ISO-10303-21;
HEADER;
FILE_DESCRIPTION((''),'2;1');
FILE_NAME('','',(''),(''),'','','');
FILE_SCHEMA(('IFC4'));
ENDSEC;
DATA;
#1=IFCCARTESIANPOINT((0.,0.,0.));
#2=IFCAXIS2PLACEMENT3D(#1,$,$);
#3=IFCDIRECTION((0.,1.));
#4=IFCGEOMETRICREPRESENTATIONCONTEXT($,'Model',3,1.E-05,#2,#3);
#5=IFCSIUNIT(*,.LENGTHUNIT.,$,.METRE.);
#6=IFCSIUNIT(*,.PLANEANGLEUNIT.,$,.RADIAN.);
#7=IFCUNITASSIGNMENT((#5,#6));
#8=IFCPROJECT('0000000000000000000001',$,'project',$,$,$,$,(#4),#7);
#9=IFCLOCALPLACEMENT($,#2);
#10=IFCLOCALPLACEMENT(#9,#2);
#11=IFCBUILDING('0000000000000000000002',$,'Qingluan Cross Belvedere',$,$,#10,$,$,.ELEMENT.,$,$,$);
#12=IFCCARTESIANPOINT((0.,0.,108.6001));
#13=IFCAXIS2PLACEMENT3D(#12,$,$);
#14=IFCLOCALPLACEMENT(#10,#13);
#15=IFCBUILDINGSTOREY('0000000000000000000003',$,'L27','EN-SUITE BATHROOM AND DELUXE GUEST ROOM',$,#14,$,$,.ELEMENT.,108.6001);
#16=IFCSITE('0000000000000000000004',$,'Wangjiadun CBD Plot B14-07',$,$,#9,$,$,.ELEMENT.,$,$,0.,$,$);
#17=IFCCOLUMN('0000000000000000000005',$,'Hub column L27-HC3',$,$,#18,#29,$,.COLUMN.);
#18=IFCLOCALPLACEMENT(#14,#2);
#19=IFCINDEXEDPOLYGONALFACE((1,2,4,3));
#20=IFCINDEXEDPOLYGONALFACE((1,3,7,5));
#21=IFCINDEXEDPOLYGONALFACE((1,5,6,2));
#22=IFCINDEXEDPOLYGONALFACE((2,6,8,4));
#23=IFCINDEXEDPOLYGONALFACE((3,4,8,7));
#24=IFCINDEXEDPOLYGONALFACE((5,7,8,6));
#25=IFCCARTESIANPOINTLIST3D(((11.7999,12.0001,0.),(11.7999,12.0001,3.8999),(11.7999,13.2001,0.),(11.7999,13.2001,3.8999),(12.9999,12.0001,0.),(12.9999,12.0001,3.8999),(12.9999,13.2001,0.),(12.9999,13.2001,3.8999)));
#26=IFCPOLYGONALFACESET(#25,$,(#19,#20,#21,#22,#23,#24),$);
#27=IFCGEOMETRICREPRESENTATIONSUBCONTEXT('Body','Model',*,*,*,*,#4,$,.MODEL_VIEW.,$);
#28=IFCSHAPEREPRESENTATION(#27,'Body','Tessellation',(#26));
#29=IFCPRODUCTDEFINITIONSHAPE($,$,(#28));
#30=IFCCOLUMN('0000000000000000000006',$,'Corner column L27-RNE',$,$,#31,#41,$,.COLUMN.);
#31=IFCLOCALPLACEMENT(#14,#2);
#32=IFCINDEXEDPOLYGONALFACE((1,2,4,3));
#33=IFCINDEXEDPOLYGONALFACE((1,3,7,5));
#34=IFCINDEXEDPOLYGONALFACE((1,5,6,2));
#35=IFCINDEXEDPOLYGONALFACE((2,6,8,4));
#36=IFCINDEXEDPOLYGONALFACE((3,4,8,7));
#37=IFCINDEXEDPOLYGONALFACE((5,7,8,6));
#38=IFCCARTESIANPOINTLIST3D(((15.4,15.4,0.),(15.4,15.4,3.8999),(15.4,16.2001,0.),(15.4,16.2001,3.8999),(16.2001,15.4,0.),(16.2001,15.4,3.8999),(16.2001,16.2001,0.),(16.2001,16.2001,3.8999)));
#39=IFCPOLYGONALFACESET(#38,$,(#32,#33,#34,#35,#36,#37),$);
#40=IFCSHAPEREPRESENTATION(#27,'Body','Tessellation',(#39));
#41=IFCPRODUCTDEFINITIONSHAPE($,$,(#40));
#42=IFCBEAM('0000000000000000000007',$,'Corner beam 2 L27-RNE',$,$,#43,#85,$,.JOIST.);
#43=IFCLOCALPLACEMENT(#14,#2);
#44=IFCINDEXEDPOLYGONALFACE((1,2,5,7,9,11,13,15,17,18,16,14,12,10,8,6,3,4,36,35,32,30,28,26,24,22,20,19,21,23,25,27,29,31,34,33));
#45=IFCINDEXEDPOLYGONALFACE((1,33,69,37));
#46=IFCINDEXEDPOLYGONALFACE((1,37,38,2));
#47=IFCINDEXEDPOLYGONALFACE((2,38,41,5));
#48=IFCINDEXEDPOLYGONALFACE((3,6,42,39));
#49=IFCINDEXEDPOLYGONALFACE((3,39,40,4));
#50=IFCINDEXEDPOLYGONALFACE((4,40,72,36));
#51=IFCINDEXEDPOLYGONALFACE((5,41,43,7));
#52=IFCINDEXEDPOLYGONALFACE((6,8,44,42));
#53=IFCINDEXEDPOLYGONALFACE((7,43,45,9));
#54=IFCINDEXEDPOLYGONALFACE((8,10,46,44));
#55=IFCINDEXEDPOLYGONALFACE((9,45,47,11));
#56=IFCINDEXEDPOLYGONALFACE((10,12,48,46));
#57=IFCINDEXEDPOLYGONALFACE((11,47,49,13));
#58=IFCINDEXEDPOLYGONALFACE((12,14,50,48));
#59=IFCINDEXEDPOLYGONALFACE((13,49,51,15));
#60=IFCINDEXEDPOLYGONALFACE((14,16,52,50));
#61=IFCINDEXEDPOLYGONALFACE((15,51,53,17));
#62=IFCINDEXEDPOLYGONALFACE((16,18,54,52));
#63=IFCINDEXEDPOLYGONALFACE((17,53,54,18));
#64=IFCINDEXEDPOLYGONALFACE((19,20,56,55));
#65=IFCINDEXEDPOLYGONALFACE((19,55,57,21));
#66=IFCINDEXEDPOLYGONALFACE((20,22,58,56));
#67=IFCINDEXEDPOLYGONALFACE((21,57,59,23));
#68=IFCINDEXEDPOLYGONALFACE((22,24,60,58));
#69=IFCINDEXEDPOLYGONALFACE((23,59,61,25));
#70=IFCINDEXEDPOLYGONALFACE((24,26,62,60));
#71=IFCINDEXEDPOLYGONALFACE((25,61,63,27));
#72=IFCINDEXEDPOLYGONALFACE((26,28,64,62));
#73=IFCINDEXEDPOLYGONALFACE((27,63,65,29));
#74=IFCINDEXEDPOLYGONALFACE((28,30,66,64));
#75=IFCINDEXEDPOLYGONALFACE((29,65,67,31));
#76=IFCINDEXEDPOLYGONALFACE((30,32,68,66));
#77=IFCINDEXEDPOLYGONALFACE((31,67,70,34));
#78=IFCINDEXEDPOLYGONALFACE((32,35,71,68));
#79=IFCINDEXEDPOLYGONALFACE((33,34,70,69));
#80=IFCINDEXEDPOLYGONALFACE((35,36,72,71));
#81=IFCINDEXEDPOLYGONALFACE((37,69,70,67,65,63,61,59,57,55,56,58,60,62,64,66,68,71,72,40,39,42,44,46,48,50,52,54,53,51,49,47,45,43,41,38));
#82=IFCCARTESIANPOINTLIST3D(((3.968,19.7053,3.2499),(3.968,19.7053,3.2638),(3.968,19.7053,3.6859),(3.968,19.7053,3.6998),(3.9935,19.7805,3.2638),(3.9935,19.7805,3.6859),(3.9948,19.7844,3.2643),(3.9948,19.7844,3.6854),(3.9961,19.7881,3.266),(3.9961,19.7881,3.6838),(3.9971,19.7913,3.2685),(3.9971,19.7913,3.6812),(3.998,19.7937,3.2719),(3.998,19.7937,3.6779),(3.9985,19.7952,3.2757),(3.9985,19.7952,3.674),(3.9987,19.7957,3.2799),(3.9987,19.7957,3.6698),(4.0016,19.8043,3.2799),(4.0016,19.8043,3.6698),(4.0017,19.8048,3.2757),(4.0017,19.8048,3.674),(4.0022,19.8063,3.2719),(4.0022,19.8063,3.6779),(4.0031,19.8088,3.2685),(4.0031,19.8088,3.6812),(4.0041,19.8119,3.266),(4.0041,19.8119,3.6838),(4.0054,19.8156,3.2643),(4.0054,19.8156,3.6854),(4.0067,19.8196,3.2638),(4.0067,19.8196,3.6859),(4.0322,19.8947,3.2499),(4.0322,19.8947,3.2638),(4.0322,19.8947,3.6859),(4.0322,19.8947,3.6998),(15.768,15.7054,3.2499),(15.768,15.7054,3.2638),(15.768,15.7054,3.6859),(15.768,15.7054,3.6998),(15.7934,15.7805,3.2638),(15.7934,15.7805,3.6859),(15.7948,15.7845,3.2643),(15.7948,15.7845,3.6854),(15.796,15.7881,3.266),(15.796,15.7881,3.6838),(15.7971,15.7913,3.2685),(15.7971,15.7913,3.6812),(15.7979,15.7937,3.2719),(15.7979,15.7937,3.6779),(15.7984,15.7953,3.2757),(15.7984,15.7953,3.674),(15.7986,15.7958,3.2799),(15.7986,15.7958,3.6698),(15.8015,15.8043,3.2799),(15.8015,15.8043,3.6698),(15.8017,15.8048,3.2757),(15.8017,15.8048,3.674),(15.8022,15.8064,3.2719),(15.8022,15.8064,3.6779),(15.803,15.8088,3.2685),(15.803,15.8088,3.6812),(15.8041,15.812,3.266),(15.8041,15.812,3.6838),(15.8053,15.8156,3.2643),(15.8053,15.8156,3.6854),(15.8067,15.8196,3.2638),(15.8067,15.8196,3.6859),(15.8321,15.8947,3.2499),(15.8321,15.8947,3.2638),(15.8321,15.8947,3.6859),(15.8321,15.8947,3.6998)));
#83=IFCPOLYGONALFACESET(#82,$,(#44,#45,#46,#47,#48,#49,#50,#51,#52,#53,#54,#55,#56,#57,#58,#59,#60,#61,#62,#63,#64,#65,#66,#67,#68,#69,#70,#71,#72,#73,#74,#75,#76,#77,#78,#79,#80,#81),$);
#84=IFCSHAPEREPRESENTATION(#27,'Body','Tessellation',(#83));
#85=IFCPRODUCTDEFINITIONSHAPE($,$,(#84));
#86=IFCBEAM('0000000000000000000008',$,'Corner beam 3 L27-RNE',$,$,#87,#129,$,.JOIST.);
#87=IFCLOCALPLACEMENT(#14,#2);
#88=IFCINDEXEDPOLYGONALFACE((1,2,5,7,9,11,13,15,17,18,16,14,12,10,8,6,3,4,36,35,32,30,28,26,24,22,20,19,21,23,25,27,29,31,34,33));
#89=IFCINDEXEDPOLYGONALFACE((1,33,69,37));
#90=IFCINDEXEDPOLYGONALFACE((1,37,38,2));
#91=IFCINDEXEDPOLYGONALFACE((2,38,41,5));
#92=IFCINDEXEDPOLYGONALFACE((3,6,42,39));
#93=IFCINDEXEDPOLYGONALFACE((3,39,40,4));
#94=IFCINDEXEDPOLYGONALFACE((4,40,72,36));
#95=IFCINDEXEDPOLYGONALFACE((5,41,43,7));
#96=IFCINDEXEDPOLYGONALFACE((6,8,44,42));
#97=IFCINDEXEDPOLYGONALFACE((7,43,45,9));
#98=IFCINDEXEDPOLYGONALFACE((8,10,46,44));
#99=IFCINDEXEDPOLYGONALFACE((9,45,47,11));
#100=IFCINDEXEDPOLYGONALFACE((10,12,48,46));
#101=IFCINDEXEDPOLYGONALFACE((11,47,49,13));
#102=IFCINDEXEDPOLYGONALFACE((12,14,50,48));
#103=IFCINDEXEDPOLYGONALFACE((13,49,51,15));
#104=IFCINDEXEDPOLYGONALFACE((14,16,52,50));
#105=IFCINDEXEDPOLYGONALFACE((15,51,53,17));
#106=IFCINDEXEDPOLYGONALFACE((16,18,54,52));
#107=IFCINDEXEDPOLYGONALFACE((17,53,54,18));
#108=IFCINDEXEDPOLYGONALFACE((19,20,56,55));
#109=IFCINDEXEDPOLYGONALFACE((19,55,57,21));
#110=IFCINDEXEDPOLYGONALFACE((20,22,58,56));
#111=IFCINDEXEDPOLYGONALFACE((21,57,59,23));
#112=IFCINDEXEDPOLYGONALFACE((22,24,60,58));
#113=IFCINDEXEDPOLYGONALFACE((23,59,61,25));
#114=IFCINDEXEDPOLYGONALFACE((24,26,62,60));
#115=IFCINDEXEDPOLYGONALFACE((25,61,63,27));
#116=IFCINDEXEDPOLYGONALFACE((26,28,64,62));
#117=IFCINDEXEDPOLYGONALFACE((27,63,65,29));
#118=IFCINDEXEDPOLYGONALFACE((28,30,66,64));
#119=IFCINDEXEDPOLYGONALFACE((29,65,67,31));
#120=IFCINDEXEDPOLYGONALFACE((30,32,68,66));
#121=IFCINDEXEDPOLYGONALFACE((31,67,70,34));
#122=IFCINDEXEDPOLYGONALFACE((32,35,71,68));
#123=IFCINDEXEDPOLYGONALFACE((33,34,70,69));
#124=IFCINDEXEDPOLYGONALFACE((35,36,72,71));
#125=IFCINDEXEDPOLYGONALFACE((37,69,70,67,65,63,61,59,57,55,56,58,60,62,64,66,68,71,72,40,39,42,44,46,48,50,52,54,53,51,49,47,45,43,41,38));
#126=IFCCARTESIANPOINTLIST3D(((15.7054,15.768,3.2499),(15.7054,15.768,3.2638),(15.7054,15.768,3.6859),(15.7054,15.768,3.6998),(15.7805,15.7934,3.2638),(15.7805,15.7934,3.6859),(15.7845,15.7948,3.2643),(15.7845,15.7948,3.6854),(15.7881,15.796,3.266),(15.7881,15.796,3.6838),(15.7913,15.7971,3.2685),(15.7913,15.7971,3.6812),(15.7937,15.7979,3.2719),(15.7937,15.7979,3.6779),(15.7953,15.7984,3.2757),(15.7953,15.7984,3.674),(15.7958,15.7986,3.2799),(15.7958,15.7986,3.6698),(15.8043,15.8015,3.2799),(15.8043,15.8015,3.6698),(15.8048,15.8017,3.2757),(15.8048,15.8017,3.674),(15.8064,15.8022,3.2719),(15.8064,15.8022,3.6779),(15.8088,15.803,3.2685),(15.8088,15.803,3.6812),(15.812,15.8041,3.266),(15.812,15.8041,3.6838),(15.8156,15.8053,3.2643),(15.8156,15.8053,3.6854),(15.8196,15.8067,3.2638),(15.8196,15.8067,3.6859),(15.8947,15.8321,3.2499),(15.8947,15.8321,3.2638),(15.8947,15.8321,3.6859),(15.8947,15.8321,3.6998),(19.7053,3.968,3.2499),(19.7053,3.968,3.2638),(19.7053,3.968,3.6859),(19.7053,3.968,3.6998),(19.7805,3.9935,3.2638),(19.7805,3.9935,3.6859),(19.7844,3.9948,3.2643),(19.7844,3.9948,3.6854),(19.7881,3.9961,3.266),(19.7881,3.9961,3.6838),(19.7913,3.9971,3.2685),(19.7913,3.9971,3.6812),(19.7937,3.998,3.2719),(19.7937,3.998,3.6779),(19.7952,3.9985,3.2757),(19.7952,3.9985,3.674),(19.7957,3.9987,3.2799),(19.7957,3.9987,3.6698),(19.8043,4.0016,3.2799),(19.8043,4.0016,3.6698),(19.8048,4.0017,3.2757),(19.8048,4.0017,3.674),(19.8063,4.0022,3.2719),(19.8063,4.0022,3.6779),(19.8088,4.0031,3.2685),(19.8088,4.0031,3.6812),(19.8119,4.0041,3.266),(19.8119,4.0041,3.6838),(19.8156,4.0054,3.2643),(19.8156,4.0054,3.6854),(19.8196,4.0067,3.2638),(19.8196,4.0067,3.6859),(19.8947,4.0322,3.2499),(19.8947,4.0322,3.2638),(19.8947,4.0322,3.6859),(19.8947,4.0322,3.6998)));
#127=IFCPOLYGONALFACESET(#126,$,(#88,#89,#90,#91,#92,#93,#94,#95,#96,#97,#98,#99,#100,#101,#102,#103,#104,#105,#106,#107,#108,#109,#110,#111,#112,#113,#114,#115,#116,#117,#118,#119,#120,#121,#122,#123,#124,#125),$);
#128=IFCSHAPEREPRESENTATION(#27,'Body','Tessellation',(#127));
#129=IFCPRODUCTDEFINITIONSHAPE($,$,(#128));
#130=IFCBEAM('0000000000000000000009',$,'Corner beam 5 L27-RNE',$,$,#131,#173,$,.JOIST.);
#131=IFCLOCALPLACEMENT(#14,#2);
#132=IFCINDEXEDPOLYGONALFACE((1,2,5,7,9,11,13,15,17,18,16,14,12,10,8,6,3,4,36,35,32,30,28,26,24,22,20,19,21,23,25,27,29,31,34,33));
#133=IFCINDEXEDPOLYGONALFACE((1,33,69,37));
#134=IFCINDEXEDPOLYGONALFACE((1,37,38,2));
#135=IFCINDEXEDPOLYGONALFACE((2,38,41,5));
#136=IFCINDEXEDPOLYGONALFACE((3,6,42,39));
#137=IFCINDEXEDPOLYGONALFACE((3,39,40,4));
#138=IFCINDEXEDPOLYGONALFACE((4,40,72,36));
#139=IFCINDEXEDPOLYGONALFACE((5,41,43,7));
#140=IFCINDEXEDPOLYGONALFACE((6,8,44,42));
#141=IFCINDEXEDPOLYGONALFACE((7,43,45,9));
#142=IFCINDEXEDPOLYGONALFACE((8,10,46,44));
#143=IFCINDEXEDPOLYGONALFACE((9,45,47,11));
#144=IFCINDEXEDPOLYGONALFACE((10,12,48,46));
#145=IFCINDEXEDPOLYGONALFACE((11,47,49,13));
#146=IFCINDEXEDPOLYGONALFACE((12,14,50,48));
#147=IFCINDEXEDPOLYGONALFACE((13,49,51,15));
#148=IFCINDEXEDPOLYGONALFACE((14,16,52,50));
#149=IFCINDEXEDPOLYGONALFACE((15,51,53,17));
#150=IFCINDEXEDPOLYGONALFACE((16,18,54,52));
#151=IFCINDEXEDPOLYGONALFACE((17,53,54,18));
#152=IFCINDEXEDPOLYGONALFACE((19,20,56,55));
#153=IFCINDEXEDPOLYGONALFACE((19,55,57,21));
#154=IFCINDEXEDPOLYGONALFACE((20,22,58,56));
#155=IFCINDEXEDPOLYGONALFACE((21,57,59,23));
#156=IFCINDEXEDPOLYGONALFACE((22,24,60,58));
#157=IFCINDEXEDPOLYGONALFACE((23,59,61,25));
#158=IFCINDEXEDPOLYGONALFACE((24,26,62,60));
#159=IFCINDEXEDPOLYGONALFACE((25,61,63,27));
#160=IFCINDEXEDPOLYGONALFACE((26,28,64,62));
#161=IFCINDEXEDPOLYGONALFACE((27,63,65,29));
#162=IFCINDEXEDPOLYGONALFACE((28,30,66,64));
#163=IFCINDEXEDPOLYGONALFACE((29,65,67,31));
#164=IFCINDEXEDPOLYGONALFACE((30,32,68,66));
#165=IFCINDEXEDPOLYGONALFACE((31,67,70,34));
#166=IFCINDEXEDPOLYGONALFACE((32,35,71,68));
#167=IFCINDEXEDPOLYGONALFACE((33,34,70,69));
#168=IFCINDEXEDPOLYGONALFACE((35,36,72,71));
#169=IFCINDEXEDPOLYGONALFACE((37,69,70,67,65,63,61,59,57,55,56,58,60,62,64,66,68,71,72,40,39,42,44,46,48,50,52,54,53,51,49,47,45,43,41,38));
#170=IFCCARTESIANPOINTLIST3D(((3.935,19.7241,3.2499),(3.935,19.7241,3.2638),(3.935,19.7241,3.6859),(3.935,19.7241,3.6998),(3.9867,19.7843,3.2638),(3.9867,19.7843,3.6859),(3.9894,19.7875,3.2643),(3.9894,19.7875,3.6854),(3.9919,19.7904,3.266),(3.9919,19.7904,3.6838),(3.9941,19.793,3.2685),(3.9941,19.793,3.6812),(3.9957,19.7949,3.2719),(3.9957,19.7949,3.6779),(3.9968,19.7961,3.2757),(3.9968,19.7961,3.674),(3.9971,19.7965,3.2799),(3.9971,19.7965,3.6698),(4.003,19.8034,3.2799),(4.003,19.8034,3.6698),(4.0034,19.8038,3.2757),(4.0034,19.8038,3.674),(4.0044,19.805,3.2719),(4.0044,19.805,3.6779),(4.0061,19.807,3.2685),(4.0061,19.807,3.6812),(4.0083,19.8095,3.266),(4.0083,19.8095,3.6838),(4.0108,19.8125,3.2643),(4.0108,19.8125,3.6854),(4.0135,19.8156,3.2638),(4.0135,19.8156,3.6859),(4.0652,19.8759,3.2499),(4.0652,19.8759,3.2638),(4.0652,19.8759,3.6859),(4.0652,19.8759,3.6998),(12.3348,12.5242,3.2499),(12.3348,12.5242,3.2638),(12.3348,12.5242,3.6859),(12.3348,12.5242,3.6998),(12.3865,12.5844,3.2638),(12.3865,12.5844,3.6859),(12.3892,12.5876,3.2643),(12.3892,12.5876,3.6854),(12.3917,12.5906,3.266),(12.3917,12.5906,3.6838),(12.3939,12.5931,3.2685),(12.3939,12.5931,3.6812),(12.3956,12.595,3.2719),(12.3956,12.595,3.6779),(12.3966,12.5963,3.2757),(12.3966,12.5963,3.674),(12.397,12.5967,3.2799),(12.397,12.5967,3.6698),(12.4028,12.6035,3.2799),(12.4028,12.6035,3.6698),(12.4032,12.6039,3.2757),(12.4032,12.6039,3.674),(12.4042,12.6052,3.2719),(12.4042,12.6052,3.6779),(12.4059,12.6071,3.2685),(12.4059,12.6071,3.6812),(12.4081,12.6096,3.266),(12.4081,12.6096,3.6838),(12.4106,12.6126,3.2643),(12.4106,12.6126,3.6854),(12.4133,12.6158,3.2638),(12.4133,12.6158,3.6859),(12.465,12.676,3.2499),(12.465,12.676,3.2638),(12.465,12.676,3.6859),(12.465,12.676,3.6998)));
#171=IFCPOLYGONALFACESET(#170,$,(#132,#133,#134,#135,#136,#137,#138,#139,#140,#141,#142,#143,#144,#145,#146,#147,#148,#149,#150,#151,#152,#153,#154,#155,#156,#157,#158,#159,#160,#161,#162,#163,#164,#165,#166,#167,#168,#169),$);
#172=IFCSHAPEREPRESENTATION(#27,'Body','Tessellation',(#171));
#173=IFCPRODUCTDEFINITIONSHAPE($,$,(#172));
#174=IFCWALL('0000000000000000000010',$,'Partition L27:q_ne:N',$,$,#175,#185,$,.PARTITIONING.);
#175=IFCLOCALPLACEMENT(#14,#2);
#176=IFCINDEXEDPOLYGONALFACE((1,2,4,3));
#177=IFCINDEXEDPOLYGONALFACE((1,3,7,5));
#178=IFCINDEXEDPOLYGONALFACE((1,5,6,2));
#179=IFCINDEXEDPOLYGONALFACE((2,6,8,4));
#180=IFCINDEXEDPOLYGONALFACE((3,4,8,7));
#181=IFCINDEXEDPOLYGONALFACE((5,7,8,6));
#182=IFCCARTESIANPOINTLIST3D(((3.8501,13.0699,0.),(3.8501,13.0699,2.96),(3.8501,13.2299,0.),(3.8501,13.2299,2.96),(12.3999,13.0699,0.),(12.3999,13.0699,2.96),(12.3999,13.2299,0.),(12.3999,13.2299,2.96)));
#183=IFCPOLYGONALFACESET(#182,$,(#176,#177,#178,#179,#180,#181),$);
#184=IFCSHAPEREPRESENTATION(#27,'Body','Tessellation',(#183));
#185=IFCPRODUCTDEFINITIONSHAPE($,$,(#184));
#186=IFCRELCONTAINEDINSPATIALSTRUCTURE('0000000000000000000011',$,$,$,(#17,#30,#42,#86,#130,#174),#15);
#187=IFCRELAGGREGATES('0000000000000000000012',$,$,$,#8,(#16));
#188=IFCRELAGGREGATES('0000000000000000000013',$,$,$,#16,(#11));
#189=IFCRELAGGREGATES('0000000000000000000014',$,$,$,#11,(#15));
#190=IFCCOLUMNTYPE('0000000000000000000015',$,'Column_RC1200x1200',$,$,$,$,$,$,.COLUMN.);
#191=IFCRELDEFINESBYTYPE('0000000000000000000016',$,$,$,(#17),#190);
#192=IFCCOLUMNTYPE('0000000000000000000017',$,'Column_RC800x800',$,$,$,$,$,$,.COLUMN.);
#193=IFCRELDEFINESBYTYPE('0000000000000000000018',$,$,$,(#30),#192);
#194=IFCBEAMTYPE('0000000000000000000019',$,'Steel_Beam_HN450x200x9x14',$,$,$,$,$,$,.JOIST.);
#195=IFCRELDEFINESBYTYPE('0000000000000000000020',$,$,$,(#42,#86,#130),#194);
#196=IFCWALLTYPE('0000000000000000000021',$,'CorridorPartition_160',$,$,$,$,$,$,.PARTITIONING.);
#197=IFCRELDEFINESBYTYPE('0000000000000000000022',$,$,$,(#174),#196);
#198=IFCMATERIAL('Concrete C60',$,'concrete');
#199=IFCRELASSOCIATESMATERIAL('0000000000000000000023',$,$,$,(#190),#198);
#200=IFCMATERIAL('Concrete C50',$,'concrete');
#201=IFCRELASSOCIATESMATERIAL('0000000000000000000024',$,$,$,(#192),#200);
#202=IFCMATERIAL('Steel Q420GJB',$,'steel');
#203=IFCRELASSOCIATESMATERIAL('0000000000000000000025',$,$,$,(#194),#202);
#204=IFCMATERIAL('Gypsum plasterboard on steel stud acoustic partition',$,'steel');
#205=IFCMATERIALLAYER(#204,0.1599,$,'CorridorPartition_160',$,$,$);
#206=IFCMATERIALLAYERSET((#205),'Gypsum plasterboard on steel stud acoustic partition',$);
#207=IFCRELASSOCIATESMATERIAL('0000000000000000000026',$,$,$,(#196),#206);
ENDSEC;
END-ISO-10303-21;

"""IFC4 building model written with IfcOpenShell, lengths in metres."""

from ifc_helpers import new_model, si_unit, direction, frame, frame_2d, origin, origin_2d, place, context, subcontext, project, spatial, rectangle, i_section, extrude, material, layer, layer_set, material_profile, profile_set, type_object, element, save


model = new_model("IFC4")

# Units and contexts
model_context = context("Model", 3, precision=1e-05, world=origin(), true_north=direction((0.0, 1.0)))
body_context = subcontext(model_context, "Body", "Model", "MODEL_VIEW")
ifc_project = project(units=[si_unit("LENGTHUNIT", "METRE"), si_unit("PLANEANGLEUNIT", "RADIAN")], contexts=[model_context])

# Site, building, storey
site_placement = place(None, origin())
site = spatial("IfcSite", under=ifc_project, at=site_placement, Name="Wangjiadun CBD Plot B14-07", CompositionType="ELEMENT", RefElevation=0.0)
building_placement = place(site_placement, origin())
building = spatial("IfcBuilding", under=site, at=building_placement, Name="Qingluan Cross Belvedere", CompositionType="ELEMENT")
storey_placement = place(building_placement, frame((0.0, 0.0, 108.6001)))
storey = spatial("IfcBuildingStorey", under=building, at=storey_placement, Name="L27", Description="EN-SUITE BATHROOM AND DELUXE GUEST ROOM", CompositionType="ELEMENT", Elevation=108.6001)

# Columns
ifc_material_1 = material(Name="Concrete C60", Category="concrete")
ifc_material_profile_1 = material_profile(ifc_material_1, rectangle(XDim=1.2, YDim=1.2, at=origin_2d()), Name="RC1200x1200")
ifc_profile_set_1 = profile_set([ifc_material_profile_1], Name="Concrete C60")
column_type_1 = type_object("IfcColumnType", Name="Column_RC1200x1200", PredefinedType="COLUMN", material=ifc_profile_set_1)
column_1_placement = place(storey_placement, frame((12.3999, 12.6001, 0.0), z_axis=(0.0, 0.0, 1.0), x_axis=(1.0, 0.0, 0.0)))
element("IfcColumn", 1, at=column_1_placement, inside=storey, type_object=column_type_1, Name="Hub column L27-HC3", PredefinedType="COLUMN", context=body_context, shape_type="SweptSolid", body=[
    extrude(rectangle(XDim=1.2, YDim=1.2, at=origin_2d()), origin(), (0.0, 0.0, 1.0), 3.8999),
])
ifc_material_2 = material(Name="Concrete C50", Category="concrete")
ifc_material_profile_2 = material_profile(ifc_material_2, rectangle(XDim=0.8, YDim=0.8, at=origin_2d()), Name="RC800x800")
ifc_profile_set_2 = profile_set([ifc_material_profile_2], Name="Concrete C50")
column_type_2 = type_object("IfcColumnType", Name="Column_RC800x800", PredefinedType="COLUMN", material=ifc_profile_set_2)
column_2_placement = place(storey_placement, frame((15.8, 15.8, 0.0), z_axis=(0.0, 0.0, 1.0), x_axis=(1.0, 0.0, 0.0)))
element("IfcColumn", 2, at=column_2_placement, inside=storey, type_object=column_type_2, Name="Corner column L27-RNE", PredefinedType="COLUMN", context=body_context, shape_type="SweptSolid", body=[
    extrude(rectangle(XDim=0.8, YDim=0.8, at=origin_2d()), origin(), (0.0, 0.0, 1.0), 3.8999),
])

# Beams
ifc_material_3 = material(Name="Steel Q420GJB", Category="steel")
ifc_material_profile_3 = material_profile(ifc_material_3, i_section(OverallWidth=0.2, OverallDepth=0.45, WebThickness=0.009, FlangeThickness=0.0139, FilletRadius=0.0161, at=origin_2d()), Name="HN450x200x9x14")
ifc_profile_set_3 = profile_set([ifc_material_profile_3], Name="Steel Q420GJB")
beam_type = type_object("IfcBeamType", Name="Steel_Beam_HN450x200x9x14", PredefinedType="JOIST", material=ifc_profile_set_3)
for number, where, z_axis, x_axis, name in (
    (3, (15.8, 15.8, 3.4749), (-0.947066, 0.321038, 0.0), (-0.321038, -0.947066, 0.0), "Corner beam 2 L27-RNE"),
    (4, (15.8, 15.8, 3.4749), (0.321038, -0.947066, 0.0), (0.947066, 0.321038, 0.0), "Corner beam 3 L27-RNE"),
):
    element("IfcBeam", number, at=place(storey_placement, frame(where, z_axis=z_axis, x_axis=x_axis)), inside=storey, type_object=beam_type, Name=name, PredefinedType="JOIST", context=body_context, shape_type="SweptSolid", body=[
        extrude(i_section(OverallWidth=0.2, OverallDepth=0.45, WebThickness=0.009, FlangeThickness=0.0139, FilletRadius=0.0161, at=origin_2d()), origin(), (0.0, 0.0, 1.0), 12.4595),
    ])
beam_placement = place(storey_placement, frame((12.3999, 12.6001, 3.4749), z_axis=(-0.759255, 0.650793, 0.0), x_axis=(-0.650793, -0.759255, 0.0)))
element("IfcBeam", 5, at=beam_placement, inside=storey, type_object=beam_type, Name="Corner beam 5 L27-RNE", PredefinedType="JOIST", context=body_context, shape_type="SweptSolid", body=[
    extrude(i_section(OverallWidth=0.2, OverallDepth=0.45, WebThickness=0.009, FlangeThickness=0.0139, FilletRadius=0.0161, at=origin_2d()), origin(), (0.0, 0.0, 1.0), 11.0632),
])

# Wall
ifc_material_4 = material(Name="Gypsum plasterboard on steel stud acoustic partition", Category="steel")
ifc_layer_1 = layer(ifc_material_4, 0.1599, Name="CorridorPartition_160")
ifc_layer_set_1 = layer_set([ifc_layer_1], Name="Gypsum plasterboard on steel stud acoustic partition")
wall_type_1 = type_object("IfcWallType", Name="CorridorPartition_160", PredefinedType="PARTITIONING", material=ifc_layer_set_1)
wall_1_placement = place(storey_placement, frame((3.8501, 13.1499, 0.0), z_axis=(0.0, 0.0, 1.0), x_axis=(1.0, 0.0, 0.0)))
element("IfcWall", 6, at=wall_1_placement, inside=storey, type_object=wall_type_1, Name="Partition L27:q_ne:N", PredefinedType="PARTITIONING", context=body_context, shape_type="SweptSolid", body=[
    extrude(rectangle(XDim=8.5498, YDim=0.1599, at=frame_2d((4.2749, 0.0))), origin(), (0.0, 0.0, 1.0), 2.96),
])

save(model, "model.ifc")
